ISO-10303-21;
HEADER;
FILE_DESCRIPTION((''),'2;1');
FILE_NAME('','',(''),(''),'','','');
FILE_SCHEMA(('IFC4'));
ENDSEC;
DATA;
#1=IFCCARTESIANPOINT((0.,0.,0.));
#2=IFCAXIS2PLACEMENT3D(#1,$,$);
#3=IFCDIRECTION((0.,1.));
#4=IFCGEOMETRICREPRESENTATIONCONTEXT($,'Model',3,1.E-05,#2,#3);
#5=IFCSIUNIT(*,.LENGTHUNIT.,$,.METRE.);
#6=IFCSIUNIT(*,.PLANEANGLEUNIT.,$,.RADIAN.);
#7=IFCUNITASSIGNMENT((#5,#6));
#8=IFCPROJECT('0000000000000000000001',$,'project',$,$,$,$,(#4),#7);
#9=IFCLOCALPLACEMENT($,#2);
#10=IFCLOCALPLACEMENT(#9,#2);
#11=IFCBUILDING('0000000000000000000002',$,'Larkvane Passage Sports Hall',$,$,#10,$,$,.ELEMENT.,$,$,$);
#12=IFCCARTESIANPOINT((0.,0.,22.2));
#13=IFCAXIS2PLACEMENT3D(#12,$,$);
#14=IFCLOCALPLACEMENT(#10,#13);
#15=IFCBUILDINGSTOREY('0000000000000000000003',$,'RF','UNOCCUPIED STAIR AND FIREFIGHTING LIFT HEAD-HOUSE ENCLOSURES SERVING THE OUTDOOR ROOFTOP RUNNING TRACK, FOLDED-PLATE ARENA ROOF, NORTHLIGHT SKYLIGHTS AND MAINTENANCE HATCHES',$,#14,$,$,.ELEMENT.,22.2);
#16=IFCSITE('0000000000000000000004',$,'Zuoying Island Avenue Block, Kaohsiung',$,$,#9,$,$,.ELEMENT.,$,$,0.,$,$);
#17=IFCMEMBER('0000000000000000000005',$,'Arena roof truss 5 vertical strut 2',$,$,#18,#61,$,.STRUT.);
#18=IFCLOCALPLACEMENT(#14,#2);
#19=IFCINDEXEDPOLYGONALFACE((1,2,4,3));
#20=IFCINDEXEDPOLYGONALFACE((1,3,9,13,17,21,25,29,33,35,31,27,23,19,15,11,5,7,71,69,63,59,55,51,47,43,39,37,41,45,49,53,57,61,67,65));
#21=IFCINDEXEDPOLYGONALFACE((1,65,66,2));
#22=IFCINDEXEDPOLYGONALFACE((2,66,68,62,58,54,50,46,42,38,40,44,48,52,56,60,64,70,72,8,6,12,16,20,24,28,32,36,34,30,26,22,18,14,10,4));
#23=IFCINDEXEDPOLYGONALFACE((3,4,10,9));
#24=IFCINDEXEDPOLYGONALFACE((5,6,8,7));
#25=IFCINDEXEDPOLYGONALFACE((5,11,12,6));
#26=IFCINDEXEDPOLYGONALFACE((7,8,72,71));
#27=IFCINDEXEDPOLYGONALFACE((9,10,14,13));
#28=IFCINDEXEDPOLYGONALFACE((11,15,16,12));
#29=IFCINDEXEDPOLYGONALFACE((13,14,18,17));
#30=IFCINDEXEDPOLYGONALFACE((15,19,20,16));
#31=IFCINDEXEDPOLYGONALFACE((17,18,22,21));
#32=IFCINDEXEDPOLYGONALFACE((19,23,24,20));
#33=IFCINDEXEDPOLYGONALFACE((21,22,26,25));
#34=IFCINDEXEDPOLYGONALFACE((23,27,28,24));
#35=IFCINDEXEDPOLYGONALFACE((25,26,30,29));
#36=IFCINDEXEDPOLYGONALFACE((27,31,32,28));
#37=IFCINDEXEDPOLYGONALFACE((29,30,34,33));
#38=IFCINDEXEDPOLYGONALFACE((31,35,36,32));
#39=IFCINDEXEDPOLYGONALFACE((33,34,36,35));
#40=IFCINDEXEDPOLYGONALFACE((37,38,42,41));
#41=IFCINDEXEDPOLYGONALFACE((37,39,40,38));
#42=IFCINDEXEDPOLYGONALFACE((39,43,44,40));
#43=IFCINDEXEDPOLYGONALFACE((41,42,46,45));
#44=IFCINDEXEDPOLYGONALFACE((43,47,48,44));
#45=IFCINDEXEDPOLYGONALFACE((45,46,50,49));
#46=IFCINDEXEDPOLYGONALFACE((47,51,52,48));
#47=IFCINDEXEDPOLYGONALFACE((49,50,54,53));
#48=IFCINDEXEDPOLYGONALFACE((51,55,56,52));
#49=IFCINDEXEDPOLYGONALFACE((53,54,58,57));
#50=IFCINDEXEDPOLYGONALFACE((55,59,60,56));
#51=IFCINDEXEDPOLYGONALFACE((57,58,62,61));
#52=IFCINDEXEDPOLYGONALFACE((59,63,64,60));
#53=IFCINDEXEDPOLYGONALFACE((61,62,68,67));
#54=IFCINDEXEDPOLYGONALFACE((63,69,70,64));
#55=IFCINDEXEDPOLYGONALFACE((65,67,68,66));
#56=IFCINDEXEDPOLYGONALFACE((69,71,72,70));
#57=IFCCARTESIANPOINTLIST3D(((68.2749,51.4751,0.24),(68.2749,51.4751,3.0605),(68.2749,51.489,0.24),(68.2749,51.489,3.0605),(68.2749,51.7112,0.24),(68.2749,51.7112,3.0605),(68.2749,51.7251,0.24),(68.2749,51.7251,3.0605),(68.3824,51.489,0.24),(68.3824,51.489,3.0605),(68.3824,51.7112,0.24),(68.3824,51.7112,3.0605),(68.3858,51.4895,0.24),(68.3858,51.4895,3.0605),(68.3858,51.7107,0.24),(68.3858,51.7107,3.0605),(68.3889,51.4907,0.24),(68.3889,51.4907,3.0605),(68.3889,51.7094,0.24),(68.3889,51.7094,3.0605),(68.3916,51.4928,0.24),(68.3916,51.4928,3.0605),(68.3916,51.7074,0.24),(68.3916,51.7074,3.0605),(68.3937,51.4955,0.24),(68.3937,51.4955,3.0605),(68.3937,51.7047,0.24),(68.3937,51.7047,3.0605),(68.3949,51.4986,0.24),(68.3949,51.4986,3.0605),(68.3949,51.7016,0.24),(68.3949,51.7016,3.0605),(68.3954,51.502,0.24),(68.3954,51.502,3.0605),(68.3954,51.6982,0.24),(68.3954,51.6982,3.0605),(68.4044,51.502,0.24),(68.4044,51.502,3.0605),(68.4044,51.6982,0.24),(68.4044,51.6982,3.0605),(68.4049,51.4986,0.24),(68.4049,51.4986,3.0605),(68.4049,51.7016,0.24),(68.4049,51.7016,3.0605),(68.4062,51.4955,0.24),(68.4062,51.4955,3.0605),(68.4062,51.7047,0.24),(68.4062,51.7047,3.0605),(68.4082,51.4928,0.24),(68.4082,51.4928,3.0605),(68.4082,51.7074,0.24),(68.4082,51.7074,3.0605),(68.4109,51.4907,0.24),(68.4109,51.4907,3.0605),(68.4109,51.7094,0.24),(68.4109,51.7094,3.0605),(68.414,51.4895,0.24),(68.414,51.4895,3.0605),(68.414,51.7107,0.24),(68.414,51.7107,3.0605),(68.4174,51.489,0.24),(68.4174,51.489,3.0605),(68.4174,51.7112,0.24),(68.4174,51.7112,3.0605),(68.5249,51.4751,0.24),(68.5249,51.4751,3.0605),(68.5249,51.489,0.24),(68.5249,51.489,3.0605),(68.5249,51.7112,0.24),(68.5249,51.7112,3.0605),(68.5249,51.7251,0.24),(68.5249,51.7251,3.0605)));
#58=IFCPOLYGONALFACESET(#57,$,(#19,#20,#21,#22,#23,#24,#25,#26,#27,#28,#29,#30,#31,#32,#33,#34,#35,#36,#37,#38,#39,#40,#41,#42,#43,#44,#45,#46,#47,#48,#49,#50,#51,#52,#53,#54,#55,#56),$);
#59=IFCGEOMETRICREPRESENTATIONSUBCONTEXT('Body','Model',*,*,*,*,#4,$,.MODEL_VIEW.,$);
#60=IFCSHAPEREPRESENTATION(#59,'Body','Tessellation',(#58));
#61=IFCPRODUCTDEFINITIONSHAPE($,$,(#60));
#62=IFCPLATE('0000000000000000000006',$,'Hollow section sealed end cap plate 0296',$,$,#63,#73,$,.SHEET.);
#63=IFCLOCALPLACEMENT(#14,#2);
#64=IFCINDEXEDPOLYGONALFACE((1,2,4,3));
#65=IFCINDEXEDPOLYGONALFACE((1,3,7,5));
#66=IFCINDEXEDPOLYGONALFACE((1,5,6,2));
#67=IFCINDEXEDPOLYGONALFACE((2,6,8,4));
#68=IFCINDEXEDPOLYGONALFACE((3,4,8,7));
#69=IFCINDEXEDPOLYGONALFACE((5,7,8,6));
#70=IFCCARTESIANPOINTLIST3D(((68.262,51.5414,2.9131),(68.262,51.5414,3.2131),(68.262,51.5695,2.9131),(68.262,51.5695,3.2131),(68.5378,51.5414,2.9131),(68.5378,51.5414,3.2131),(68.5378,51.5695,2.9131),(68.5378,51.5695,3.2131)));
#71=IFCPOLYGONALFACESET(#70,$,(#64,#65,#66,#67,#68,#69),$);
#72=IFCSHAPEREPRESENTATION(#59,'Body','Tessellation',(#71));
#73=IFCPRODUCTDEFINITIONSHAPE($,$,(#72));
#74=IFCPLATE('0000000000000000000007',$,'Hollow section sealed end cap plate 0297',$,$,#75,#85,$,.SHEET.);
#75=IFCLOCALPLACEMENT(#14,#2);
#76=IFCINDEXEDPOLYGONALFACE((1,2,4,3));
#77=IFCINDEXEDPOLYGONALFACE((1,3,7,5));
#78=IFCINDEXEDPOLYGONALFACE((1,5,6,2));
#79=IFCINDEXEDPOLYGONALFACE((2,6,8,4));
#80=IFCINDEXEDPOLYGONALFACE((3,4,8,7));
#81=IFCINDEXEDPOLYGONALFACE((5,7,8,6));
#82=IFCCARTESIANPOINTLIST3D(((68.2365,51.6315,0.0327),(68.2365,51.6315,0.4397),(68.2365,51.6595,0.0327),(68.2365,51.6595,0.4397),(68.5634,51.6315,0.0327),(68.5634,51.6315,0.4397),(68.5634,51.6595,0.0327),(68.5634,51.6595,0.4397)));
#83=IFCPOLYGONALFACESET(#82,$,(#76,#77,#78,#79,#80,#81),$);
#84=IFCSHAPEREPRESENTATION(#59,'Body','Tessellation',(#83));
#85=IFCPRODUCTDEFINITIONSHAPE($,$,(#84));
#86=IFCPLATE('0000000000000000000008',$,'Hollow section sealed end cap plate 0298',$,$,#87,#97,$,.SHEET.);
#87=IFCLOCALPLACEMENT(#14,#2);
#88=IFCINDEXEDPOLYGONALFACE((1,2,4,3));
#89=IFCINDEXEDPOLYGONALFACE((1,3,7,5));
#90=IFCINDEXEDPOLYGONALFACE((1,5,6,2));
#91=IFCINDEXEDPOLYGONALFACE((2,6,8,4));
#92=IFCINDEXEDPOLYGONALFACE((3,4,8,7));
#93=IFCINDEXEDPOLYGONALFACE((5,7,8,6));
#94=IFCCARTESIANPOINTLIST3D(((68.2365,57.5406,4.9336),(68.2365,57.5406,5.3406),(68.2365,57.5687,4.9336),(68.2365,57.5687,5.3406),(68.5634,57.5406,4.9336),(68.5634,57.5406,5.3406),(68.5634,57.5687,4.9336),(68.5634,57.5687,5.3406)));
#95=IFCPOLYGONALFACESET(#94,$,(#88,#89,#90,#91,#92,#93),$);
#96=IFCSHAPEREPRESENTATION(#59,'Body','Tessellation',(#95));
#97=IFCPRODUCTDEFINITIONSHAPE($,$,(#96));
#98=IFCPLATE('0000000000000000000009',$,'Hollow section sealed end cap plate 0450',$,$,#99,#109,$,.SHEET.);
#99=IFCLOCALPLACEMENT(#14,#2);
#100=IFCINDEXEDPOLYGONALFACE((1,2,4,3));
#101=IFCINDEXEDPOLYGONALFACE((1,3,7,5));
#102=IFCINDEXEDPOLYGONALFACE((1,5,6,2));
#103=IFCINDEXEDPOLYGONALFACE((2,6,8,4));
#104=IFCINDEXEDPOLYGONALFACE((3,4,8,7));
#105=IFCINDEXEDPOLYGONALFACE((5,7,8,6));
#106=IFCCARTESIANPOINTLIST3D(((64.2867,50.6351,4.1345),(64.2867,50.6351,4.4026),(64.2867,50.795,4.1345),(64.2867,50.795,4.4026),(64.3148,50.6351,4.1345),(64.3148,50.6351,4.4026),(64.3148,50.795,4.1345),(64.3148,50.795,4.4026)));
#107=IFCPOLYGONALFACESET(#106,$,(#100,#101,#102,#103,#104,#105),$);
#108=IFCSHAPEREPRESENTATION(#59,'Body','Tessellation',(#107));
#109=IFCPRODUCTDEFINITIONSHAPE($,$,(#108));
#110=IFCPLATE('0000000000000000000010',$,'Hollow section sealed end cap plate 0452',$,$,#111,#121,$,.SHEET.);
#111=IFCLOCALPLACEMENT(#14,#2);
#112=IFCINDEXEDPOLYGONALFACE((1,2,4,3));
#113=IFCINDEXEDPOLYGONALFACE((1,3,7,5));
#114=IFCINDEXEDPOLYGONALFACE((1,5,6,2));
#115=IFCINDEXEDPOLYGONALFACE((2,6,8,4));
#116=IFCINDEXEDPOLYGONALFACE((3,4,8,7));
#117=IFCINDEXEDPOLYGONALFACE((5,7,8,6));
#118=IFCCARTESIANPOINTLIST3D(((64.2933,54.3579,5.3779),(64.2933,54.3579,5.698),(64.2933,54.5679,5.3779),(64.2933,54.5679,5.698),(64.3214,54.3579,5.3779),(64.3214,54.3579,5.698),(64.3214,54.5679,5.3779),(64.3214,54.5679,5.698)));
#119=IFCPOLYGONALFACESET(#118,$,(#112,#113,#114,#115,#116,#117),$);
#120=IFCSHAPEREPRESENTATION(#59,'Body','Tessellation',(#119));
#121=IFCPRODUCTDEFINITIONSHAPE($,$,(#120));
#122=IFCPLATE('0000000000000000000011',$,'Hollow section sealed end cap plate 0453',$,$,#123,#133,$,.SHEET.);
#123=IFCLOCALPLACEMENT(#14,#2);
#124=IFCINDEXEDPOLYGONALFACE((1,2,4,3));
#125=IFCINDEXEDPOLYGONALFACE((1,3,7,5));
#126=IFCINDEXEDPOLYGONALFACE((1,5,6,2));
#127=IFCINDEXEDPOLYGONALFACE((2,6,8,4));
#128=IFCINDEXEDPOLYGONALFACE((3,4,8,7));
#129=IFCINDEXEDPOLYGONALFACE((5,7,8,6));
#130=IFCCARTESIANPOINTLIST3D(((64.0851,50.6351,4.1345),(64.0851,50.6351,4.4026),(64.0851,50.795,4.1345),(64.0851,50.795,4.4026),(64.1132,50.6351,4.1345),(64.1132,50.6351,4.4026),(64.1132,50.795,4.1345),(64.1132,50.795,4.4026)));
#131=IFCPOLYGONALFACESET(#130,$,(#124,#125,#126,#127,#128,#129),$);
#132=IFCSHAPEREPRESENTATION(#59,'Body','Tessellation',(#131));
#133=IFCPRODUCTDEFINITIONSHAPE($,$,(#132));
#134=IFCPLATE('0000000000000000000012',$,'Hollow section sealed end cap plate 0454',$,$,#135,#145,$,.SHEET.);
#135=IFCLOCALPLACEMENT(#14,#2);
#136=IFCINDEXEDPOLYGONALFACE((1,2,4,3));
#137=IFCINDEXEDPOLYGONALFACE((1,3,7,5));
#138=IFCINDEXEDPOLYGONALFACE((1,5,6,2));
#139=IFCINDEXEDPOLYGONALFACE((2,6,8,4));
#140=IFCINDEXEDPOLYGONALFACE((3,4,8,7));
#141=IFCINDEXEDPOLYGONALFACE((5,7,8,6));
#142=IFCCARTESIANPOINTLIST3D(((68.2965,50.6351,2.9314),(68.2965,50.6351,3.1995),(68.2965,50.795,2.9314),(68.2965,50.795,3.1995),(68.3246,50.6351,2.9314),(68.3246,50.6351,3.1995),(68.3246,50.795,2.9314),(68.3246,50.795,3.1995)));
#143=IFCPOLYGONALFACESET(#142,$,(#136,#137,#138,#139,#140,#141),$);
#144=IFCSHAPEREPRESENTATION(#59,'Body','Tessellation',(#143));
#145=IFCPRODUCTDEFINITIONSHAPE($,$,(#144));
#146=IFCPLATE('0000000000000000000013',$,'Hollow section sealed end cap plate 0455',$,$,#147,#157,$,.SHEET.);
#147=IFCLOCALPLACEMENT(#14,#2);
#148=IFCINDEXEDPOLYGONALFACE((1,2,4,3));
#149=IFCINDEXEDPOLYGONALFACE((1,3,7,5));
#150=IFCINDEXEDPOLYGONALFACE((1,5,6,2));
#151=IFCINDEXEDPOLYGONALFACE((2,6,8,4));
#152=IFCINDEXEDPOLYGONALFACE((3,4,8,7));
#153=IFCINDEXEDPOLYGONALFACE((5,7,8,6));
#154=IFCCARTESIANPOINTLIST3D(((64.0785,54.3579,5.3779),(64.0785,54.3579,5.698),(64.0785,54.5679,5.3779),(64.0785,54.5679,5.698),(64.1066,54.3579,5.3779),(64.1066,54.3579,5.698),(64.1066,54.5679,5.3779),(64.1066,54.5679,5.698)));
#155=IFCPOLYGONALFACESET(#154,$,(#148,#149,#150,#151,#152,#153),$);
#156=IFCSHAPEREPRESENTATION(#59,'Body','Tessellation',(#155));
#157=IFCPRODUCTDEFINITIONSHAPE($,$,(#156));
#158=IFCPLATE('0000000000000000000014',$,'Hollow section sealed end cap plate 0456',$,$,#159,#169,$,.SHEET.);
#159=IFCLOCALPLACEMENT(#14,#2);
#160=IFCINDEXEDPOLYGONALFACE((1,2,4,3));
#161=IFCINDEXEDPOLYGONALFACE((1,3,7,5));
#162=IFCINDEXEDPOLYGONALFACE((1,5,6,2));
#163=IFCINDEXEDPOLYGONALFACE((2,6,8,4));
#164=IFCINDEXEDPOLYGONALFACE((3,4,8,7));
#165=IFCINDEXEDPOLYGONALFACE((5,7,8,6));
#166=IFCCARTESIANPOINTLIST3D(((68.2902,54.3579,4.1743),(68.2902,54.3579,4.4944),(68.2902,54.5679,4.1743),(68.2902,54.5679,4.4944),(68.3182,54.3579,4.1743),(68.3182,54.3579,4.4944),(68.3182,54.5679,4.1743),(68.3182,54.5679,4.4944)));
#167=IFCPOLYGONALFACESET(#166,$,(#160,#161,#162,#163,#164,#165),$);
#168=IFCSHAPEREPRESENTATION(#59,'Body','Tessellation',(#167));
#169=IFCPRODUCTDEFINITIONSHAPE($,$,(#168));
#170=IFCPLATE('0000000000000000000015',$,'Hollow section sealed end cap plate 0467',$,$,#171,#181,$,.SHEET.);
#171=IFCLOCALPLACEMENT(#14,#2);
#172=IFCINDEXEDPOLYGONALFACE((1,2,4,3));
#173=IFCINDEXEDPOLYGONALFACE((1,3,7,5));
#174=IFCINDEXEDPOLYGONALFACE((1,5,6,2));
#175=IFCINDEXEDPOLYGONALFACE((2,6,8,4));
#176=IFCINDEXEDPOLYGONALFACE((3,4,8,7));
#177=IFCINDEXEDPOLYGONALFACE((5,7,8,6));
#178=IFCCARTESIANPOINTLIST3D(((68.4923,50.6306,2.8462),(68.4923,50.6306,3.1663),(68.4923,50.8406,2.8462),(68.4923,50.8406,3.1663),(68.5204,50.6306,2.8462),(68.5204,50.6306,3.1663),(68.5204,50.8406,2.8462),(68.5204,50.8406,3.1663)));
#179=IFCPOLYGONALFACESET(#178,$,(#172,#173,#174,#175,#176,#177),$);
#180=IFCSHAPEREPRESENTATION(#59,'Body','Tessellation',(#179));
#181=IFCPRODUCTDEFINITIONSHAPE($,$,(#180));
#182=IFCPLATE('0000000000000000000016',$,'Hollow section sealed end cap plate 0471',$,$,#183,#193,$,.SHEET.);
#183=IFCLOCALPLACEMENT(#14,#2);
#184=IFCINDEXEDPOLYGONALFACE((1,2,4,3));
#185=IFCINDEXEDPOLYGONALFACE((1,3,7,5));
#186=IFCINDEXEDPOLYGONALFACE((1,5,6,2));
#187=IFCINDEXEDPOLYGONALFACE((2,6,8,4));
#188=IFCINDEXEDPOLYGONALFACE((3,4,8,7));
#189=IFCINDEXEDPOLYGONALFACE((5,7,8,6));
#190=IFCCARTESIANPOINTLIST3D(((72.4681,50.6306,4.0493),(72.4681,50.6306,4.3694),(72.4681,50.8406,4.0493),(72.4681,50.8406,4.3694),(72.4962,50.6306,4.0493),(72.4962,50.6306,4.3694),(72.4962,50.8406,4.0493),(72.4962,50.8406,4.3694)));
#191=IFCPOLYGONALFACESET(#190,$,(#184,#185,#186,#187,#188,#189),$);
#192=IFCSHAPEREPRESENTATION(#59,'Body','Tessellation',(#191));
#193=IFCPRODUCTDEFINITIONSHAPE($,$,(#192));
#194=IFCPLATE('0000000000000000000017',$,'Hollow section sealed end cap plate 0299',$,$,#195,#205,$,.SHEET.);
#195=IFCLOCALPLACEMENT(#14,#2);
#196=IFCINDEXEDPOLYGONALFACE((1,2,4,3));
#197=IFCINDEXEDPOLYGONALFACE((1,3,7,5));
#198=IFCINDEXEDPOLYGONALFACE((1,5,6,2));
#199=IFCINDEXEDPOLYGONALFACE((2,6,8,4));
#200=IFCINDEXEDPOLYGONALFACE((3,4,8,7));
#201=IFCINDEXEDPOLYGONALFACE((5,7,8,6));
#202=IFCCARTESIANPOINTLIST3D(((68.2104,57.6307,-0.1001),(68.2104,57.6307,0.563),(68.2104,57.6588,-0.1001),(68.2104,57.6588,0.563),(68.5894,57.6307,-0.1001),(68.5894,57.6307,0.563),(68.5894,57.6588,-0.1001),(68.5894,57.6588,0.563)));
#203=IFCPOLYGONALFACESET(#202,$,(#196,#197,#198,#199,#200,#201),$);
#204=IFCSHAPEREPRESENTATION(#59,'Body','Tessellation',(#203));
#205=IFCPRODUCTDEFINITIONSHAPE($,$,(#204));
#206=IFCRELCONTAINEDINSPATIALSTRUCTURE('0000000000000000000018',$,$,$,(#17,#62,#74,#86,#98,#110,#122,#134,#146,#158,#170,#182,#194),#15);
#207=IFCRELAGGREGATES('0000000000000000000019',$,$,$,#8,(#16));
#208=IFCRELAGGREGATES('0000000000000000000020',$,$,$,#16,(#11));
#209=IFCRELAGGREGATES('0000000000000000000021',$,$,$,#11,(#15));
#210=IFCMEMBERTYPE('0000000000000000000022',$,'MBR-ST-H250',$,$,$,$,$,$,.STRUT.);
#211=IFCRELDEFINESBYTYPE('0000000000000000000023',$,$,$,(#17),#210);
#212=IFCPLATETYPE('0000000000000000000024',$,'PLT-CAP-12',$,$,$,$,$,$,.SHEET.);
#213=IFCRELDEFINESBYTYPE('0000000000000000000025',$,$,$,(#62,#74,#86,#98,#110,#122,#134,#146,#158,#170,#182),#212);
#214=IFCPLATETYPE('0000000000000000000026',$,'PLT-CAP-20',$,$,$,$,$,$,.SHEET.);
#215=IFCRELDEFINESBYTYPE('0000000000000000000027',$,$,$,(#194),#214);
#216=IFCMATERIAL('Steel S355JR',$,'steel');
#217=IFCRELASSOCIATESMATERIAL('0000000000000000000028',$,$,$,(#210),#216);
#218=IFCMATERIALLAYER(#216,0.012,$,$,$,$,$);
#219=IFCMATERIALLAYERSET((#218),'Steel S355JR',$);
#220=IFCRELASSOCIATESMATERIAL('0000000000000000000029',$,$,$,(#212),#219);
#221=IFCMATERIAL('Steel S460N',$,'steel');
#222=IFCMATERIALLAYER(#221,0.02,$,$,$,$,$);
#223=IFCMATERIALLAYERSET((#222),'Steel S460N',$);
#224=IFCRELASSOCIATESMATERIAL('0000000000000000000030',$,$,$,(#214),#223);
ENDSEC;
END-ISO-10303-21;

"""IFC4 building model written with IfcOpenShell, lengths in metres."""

from ifc_helpers import new_model, si_unit, direction, frame, origin, origin_2d, place, context, subcontext, project, spatial, rectangle, i_section, extrude, material, layer, layer_set, material_profile, profile_set, type_object, element, save


model = new_model("IFC4")

# Units and contexts
model_context = context("Model", 3, precision=1e-05, world=origin(), true_north=direction((0.0, 1.0)))
body_context = subcontext(model_context, "Body", "Model", "MODEL_VIEW")
ifc_project = project(units=[si_unit("LENGTHUNIT", "METRE"), si_unit("PLANEANGLEUNIT", "RADIAN")], contexts=[model_context])

# Site, building, storey
site_placement = place(None, origin())
site = spatial("IfcSite", under=ifc_project, at=site_placement, Name="Zuoying Island Avenue Block, Kaohsiung", CompositionType="ELEMENT", RefElevation=0.0)
building_placement = place(site_placement, origin())
building = spatial("IfcBuilding", under=site, at=building_placement, Name="Larkvane Passage Sports Hall", CompositionType="ELEMENT")
storey_placement = place(building_placement, frame((0.0, 0.0, 22.2)))
storey = spatial("IfcBuildingStorey", under=building, at=storey_placement, Name="RF", Description="UNOCCUPIED STAIR AND FIREFIGHTING LIFT HEAD-HOUSE ENCLOSURES SERVING THE OUTDOOR ROOFTOP RUNNING TRACK, FOLDED-PLATE ARENA ROOF, NORTHLIGHT SKYLIGHTS AND MAINTENANCE HATCHES", CompositionType="ELEMENT", Elevation=22.2)

# Member
ifc_material_1 = material(Name="Steel S355JR", Category="steel")
ifc_material_2 = material(Name="Steel S460N", Category="steel")
ifc_material_profile_1 = material_profile(ifc_material_1, i_section(OverallWidth=0.25, OverallDepth=0.25, WebThickness=0.009, FlangeThickness=0.0139, FilletRadius=0.0129, at=origin_2d()), Name="H-250x250x9x14")
ifc_profile_set_1 = profile_set([ifc_material_profile_1], Name="Steel S355JR")
member_type_1 = type_object("IfcMemberType", Name="MBR-ST-H250", PredefinedType="STRUT", material=ifc_profile_set_1)
member_1_placement = place(storey_placement, frame((68.3999, 51.6001, 0.24), z_axis=(0.0, 0.0, 1.0), x_axis=(1.0, 0.0, 0.0)))
element("IfcMember", 1, at=member_1_placement, inside=storey, type_object=member_type_1, Name="Arena roof truss 5 vertical strut 2", PredefinedType="STRUT", context=body_context, shape_type="SweptSolid", body=[
    extrude(i_section(OverallWidth=0.25, OverallDepth=0.25, WebThickness=0.009, FlangeThickness=0.0139, FilletRadius=0.0129, at=origin_2d()), origin(), (0.0, 0.0, 1.0), 2.8206),
])

# Plates
ifc_layer_1 = layer(ifc_material_1, 0.012)
ifc_layer_set_1 = layer_set([ifc_layer_1], Name="Steel S355JR")
plate_type_1 = type_object("IfcPlateType", Name="PLT-CAP-12", PredefinedType="SHEET", material=ifc_layer_set_1)
plate_1_placement = place(storey_placement, frame((68.3999, 51.5554, 2.9131), z_axis=(0.0, 0.0, 1.0), x_axis=(-1.0, 0.0, 0.0)))
element("IfcPlate", 2, at=plate_1_placement, inside=storey, type_object=plate_type_1, Name="Hollow section sealed end cap plate 0296", PredefinedType="SHEET", context=body_context, shape_type="SweptSolid", body=[
    extrude(rectangle(XDim=0.2759, YDim=0.0281, at=origin_2d()), origin(), (0.0, 0.0, 1.0), 0.3),
])
for number, where, z_axis, x_axis, name in (
    (3, (68.3999, 51.6455, 0.0327), (0.0, 0.0, 1.0), (-1.0, 0.0, 0.0), "Hollow section sealed end cap plate 0297"),
    (4, (68.3999, 57.5547, 4.9336), (0.0, 0.0, 1.0), (-1.0, 0.0, 0.0), "Hollow section sealed end cap plate 0298"),
):
    element("IfcPlate", number, at=place(storey_placement, frame(where, z_axis=z_axis, x_axis=x_axis)), inside=storey, type_object=plate_type_1, Name=name, PredefinedType="SHEET", context=body_context, shape_type="SweptSolid", body=[
        extrude(rectangle(XDim=0.3269, YDim=0.0281, at=origin_2d()), origin(), (0.0, 0.0, 1.0), 0.407),
    ])
plate_2_placement = place(storey_placement, frame((64.3008, 50.7151, 4.1345), z_axis=(0.0, 0.0, 1.0), x_axis=(0.0, 1.0, 0.0)))
element("IfcPlate", 5, at=plate_2_placement, inside=storey, type_object=plate_type_1, Name="Hollow section sealed end cap plate 0450", PredefinedType="SHEET", context=body_context, shape_type="SweptSolid", body=[
    extrude(rectangle(XDim=0.1599, YDim=0.0281, at=origin_2d()), origin(), (0.0, 0.0, 1.0), 0.2681),
])
plate_3_placement = place(storey_placement, frame((64.3074, 54.4629, 5.3779), z_axis=(0.0, 0.0, 1.0), x_axis=(0.0, 1.0, 0.0)))
element("IfcPlate", 6, at=plate_3_placement, inside=storey, type_object=plate_type_1, Name="Hollow section sealed end cap plate 0452", PredefinedType="SHEET", context=body_context, shape_type="SweptSolid", body=[
    extrude(rectangle(XDim=0.21, YDim=0.0281, at=origin_2d()), origin(), (0.0, 0.0, 1.0), 0.3201),
])
for number, where, z_axis, x_axis, name in (
    (7, (64.0991, 50.7151, 4.1345), (0.0, 0.0, 1.0), (0.0, 1.0, 0.0), "Hollow section sealed end cap plate 0453"),
    (8, (68.3105, 50.7151, 2.9314), (0.0, 0.0, 1.0), (0.0, 1.0, 0.0), "Hollow section sealed end cap plate 0454"),
):
    element("IfcPlate", number, at=place(storey_placement, frame(where, z_axis=z_axis, x_axis=x_axis)), inside=storey, type_object=plate_type_1, Name=name, PredefinedType="SHEET", context=body_context, shape_type="SweptSolid", body=[
        extrude(rectangle(XDim=0.1599, YDim=0.0281, at=origin_2d()), origin(), (0.0, 0.0, 1.0), 0.2681),
    ])
for number, where, z_axis, x_axis, name in (
    (9, (64.0925, 54.4629, 5.3779), (0.0, 0.0, 1.0), (0.0, 1.0, 0.0), "Hollow section sealed end cap plate 0455"),
    (10, (68.3042, 54.4629, 4.1743), (0.0, 0.0, 1.0), (0.0, 1.0, 0.0), "Hollow section sealed end cap plate 0456"),
    (11, (68.5063, 50.7356, 2.8462), (0.0, 0.0, 1.0), (0.0, 1.0, 0.0), "Hollow section sealed end cap plate 0467"),
    (12, (72.4822, 50.7356, 4.0493), (0.0, 0.0, 1.0), (0.0, 1.0, 0.0), "Hollow section sealed end cap plate 0471"),
):
    element("IfcPlate", number, at=place(storey_placement, frame(where, z_axis=z_axis, x_axis=x_axis)), inside=storey, type_object=plate_type_1, Name=name, PredefinedType="SHEET", context=body_context, shape_type="SweptSolid", body=[
        extrude(rectangle(XDim=0.21, YDim=0.0281, at=origin_2d()), origin(), (0.0, 0.0, 1.0), 0.3201),
    ])
ifc_layer_2 = layer(ifc_material_2, 0.02)
ifc_layer_set_2 = layer_set([ifc_layer_2], Name="Steel S460N")
plate_type_2 = type_object("IfcPlateType", Name="PLT-CAP-20", PredefinedType="SHEET", material=ifc_layer_set_2)
plate_4_placement = place(storey_placement, frame((68.3999, 57.6448, -0.1001), z_axis=(0.0, 0.0, 1.0), x_axis=(-1.0, 0.0, 0.0)))
element("IfcPlate", 13, at=plate_4_placement, inside=storey, type_object=plate_type_2, Name="Hollow section sealed end cap plate 0299", PredefinedType="SHEET", context=body_context, shape_type="SweptSolid", body=[
    extrude(rectangle(XDim=0.3789, YDim=0.0281, at=origin_2d()), origin(), (0.0, 0.0, 1.0), 0.6631),
])

save(model, "model.ifc")
